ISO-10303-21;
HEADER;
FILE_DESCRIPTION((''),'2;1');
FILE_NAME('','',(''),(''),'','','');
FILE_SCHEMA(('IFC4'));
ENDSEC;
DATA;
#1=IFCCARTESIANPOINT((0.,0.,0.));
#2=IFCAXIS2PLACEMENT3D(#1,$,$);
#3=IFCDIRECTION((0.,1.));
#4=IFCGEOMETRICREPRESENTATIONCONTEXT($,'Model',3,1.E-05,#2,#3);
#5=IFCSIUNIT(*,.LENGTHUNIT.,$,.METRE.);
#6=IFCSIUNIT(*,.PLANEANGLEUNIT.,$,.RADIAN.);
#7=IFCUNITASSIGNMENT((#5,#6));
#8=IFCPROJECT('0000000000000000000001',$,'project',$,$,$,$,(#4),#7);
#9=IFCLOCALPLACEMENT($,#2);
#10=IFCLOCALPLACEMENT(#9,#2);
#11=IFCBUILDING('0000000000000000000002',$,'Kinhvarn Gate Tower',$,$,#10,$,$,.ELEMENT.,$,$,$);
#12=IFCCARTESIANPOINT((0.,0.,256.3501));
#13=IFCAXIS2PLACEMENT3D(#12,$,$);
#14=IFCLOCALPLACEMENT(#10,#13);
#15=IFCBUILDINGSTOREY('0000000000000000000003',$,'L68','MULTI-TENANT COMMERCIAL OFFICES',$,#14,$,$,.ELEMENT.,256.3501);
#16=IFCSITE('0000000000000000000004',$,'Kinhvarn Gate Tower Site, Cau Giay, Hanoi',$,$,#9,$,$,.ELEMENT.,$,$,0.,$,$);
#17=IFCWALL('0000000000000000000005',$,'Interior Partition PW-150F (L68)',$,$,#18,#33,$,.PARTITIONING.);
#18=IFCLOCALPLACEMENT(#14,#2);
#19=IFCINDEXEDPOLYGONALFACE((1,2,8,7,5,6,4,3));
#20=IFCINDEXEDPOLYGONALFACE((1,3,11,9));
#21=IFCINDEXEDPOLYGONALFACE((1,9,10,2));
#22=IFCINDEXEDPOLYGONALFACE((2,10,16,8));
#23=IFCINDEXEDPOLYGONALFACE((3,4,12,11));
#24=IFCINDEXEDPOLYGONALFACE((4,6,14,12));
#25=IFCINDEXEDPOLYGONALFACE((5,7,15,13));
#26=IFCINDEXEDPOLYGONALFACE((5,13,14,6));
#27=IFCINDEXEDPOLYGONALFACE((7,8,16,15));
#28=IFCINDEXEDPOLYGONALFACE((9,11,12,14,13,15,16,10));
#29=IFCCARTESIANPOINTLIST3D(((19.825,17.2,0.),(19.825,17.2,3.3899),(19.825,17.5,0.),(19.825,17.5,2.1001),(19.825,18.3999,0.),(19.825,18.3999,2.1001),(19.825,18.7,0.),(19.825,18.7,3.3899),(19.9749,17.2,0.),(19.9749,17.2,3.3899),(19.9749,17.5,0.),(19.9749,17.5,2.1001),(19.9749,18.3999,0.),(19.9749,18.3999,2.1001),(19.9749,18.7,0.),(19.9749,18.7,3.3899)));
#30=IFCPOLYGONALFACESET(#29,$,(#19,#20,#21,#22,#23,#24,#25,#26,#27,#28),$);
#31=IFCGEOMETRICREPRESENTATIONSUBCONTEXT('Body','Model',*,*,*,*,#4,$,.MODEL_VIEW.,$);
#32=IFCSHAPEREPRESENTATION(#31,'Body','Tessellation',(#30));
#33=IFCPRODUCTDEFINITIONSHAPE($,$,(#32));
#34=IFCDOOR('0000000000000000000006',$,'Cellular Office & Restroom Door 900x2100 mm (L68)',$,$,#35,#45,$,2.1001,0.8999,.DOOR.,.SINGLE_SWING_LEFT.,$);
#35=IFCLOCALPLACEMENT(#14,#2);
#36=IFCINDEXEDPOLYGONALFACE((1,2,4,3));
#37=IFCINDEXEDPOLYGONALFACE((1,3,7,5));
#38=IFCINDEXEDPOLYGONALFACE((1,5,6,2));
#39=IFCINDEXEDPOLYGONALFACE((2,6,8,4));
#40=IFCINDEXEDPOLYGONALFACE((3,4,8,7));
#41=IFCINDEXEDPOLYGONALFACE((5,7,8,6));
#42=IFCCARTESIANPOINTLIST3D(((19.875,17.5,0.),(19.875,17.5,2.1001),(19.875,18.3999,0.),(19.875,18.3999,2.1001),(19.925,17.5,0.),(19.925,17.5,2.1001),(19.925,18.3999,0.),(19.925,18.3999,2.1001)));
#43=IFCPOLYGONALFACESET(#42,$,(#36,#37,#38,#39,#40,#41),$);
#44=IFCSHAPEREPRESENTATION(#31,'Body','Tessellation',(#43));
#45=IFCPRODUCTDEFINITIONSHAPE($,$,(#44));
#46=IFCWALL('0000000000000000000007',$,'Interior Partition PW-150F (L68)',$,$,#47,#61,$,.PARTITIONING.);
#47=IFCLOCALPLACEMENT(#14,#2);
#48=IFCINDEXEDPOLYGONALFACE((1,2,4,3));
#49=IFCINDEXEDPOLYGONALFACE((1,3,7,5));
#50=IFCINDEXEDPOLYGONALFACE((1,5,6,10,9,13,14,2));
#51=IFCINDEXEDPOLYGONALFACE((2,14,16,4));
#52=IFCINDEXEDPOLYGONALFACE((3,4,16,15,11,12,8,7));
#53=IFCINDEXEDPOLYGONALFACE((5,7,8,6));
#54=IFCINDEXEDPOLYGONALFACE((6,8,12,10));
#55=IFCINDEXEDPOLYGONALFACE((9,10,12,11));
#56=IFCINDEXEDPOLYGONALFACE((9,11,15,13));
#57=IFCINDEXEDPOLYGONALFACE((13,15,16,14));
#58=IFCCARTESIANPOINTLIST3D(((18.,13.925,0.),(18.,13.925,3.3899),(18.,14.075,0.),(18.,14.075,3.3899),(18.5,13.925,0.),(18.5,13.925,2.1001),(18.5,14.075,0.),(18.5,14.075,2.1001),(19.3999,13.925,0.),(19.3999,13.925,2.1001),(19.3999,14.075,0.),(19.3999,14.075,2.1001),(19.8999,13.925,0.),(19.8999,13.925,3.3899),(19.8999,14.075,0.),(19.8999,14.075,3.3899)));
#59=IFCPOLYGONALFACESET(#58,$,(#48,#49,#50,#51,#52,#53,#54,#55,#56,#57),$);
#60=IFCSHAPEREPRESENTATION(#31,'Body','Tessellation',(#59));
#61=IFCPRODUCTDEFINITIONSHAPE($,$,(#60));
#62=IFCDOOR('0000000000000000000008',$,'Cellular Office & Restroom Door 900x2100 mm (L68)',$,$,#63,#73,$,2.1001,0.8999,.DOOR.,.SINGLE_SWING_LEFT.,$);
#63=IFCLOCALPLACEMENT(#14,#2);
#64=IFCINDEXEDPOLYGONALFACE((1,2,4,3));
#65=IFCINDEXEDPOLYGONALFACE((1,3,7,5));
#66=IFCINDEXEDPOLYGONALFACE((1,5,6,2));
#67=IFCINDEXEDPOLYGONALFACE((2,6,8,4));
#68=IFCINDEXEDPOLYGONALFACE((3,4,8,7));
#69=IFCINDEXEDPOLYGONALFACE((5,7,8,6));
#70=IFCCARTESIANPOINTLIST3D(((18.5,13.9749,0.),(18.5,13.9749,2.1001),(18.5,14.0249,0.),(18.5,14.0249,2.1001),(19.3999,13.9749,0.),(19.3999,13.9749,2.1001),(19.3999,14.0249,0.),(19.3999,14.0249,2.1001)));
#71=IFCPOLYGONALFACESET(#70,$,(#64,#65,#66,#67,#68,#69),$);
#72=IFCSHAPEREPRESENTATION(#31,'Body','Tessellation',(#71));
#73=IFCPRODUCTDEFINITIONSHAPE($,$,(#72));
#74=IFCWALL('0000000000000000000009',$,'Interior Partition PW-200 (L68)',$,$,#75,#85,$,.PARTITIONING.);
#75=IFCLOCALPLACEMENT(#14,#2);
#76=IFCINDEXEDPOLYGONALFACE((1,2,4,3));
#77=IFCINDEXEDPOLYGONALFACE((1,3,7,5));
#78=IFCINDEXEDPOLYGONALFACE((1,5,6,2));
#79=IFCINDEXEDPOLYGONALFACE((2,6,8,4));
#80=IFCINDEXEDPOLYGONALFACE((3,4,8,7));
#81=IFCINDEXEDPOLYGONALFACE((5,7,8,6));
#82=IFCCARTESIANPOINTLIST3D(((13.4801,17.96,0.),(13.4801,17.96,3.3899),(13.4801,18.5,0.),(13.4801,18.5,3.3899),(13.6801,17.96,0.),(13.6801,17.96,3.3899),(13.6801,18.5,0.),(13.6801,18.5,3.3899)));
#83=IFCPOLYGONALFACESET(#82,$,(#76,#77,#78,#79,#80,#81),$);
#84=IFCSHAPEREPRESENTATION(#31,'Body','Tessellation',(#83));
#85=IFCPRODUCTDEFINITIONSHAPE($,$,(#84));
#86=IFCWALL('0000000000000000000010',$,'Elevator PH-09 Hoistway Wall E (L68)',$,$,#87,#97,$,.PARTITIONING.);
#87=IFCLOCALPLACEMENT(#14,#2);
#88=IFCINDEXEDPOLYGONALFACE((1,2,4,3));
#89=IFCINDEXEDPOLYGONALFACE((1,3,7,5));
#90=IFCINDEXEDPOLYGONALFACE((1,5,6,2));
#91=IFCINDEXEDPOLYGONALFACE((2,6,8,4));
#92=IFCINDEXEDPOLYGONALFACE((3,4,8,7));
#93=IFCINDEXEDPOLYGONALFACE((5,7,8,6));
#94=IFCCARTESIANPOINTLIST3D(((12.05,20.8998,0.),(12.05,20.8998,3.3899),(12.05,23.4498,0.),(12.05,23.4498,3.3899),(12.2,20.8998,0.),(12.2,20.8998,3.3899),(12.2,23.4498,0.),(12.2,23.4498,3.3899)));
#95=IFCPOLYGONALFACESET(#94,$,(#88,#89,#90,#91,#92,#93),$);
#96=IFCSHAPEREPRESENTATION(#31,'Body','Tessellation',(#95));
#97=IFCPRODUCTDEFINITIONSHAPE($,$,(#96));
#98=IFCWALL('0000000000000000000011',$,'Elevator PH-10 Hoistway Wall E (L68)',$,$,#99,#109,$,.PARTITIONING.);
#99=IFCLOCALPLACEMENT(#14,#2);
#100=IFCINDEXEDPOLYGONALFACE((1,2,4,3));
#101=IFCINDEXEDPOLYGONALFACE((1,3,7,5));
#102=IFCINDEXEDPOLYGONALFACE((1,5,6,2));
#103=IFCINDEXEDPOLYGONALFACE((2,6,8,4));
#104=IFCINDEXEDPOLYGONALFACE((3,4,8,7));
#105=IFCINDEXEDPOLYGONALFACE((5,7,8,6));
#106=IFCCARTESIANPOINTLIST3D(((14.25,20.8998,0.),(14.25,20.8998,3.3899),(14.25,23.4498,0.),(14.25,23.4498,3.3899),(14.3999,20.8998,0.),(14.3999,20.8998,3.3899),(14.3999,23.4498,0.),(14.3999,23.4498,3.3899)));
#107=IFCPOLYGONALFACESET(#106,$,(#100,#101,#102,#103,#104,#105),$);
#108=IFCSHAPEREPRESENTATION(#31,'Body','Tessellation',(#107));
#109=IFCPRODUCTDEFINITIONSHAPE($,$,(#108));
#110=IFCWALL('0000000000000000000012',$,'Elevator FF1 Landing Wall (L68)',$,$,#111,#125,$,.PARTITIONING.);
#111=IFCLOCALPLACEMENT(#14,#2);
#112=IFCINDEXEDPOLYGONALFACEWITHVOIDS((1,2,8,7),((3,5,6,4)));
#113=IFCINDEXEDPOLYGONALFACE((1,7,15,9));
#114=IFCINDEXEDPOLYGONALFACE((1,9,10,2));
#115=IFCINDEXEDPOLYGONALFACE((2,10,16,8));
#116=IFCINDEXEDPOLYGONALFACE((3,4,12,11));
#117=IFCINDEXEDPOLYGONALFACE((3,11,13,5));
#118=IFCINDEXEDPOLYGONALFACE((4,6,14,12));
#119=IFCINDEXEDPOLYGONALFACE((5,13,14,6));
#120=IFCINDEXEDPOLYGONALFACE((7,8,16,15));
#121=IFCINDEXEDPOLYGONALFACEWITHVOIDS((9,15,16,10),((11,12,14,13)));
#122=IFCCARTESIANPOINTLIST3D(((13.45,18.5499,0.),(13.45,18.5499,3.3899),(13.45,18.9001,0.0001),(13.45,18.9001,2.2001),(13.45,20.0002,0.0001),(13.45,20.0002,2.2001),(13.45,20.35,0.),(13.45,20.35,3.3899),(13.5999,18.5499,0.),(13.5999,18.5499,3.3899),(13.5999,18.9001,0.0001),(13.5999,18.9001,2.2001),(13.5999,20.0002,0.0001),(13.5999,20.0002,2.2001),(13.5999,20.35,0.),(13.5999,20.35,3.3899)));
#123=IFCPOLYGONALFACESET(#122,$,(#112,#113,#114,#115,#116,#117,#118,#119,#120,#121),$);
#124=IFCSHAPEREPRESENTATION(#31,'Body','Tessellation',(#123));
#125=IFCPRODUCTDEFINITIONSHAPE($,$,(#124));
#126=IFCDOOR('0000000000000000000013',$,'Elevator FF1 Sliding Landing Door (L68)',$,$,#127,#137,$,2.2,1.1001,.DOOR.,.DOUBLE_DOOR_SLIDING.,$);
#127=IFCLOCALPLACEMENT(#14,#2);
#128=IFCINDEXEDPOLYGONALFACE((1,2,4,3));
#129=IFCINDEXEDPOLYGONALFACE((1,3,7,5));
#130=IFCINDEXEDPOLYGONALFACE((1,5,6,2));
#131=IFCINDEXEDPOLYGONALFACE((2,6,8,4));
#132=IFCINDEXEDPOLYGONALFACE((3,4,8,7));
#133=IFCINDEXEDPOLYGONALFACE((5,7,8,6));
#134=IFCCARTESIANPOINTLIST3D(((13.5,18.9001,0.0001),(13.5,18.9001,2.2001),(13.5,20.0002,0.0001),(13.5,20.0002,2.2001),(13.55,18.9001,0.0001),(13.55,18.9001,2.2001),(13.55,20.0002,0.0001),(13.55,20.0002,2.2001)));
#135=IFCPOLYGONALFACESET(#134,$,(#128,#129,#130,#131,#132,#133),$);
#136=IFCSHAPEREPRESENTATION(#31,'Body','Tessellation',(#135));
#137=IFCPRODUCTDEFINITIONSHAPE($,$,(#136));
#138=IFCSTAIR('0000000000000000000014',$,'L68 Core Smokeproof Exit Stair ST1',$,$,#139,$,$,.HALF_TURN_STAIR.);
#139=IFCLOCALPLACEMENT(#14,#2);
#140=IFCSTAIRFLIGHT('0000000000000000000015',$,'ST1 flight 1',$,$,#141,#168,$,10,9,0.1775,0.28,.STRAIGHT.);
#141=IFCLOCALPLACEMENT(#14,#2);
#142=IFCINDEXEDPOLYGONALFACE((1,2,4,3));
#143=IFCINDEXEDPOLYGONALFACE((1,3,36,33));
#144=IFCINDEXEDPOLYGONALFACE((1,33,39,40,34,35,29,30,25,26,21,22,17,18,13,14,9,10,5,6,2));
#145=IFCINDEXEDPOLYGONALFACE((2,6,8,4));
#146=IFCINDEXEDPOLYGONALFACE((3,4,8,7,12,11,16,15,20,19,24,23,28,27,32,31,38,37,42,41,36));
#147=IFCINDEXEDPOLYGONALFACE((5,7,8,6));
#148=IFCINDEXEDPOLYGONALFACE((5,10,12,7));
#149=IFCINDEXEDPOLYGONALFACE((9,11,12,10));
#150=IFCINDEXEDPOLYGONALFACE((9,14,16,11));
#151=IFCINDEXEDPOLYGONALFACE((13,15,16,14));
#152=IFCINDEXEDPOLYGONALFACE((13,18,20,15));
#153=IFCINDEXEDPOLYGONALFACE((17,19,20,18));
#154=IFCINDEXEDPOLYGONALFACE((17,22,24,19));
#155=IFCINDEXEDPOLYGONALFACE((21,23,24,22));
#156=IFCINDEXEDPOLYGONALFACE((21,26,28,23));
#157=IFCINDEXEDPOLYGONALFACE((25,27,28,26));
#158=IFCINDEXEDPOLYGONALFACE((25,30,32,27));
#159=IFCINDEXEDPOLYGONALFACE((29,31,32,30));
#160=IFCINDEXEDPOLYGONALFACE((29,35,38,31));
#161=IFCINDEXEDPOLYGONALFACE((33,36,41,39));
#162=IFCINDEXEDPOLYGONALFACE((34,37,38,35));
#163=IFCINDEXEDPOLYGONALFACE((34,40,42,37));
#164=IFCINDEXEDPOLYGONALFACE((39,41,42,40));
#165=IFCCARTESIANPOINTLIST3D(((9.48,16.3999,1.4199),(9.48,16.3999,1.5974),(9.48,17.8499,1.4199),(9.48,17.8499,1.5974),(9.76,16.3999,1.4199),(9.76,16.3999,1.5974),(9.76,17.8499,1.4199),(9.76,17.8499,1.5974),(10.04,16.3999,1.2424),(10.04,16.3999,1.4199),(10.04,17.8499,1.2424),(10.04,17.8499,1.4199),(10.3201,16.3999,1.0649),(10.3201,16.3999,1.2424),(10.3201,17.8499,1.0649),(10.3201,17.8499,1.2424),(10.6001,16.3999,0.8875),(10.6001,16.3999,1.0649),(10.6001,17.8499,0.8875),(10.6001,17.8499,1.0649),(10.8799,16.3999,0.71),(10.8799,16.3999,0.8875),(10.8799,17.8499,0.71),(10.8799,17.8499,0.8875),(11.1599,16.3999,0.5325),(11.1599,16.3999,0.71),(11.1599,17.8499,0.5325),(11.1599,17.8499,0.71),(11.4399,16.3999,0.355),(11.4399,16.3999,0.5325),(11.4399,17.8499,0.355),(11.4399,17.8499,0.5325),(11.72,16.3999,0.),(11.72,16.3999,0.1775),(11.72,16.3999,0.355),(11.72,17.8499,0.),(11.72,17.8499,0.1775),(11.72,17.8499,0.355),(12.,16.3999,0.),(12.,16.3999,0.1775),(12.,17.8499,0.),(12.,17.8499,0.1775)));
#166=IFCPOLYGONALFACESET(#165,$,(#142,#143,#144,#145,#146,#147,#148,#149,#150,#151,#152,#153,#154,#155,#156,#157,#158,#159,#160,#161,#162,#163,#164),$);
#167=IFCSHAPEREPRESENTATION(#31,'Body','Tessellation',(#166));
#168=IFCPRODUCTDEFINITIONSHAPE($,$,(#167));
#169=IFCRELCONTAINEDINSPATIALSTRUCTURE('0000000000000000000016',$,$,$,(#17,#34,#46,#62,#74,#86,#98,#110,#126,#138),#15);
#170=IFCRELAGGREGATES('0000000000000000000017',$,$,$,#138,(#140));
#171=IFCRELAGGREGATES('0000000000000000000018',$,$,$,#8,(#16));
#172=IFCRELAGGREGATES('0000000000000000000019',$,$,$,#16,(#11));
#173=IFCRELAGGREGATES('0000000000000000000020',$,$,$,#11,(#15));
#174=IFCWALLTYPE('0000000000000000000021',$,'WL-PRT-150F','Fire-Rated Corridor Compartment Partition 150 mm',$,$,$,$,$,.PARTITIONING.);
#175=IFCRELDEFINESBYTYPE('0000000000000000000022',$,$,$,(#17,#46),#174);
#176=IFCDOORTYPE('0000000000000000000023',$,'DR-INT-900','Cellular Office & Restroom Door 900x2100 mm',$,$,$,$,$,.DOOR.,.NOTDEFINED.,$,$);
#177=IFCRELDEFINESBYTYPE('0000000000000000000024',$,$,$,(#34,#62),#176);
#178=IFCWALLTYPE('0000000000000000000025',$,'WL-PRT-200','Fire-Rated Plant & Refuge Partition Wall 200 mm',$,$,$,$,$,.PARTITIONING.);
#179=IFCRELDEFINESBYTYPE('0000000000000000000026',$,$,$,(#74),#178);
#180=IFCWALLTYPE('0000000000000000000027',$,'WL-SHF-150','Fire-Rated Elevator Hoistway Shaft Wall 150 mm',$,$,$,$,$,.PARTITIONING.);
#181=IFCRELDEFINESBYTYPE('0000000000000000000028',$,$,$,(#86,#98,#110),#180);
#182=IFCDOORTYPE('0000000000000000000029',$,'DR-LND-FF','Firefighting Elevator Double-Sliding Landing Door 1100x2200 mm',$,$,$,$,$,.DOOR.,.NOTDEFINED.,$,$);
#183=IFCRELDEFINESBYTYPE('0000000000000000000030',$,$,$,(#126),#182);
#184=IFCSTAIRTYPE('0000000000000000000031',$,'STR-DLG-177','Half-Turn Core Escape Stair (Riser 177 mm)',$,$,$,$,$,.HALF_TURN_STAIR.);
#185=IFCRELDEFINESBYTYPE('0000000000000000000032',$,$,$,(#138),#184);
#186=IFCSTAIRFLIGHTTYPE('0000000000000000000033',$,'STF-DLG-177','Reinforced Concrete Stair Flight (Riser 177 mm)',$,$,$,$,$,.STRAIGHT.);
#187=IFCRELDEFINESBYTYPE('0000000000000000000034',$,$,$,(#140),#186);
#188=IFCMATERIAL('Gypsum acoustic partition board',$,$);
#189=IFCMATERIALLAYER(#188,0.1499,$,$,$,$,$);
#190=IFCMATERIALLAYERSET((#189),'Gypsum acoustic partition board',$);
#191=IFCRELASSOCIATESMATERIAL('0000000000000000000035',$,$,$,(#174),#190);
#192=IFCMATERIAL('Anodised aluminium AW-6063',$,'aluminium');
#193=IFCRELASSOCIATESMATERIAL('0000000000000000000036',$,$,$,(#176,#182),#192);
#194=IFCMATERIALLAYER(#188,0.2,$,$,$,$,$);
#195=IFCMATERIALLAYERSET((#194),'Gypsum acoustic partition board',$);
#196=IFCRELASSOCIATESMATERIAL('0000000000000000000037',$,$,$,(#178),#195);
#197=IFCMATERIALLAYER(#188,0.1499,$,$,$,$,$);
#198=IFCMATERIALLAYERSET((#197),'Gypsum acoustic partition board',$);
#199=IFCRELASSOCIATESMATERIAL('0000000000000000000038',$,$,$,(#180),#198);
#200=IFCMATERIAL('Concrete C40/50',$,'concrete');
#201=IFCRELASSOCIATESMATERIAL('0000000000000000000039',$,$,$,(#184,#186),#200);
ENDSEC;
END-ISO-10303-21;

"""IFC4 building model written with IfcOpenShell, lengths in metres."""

from ifc_helpers import new_model, si_unit, direction, frame, frame_2d, origin, place, context, subcontext, project, spatial, polyline, rectangle, outline, extrude, material, layer, layer_set, type_object, element, fill, aggregate, save


model = new_model("IFC4")

# Units and contexts
model_context = context("Model", 3, precision=1e-05, world=origin(), true_north=direction((0.0, 1.0)))
body_context = subcontext(model_context, "Body", "Model", "MODEL_VIEW")
ifc_project = project(units=[si_unit("LENGTHUNIT", "METRE"), si_unit("PLANEANGLEUNIT", "RADIAN")], contexts=[model_context])

# Site, building, storey
site_placement = place(None, origin())
site = spatial("IfcSite", under=ifc_project, at=site_placement, Name="Kinhvarn Gate Tower Site, Cau Giay, Hanoi", CompositionType="ELEMENT", RefElevation=0.0)
building_placement = place(site_placement, origin())
building = spatial("IfcBuilding", under=site, at=building_placement, Name="Kinhvarn Gate Tower", CompositionType="ELEMENT")
storey_placement = place(building_placement, frame((0.0, 0.0, 256.3501)))
storey = spatial("IfcBuildingStorey", under=building, at=storey_placement, Name="L68", Description="MULTI-TENANT COMMERCIAL OFFICES", CompositionType="ELEMENT", Elevation=256.3501)

# Shared definitions
ifc_material_1 = material(Name="Anodised aluminium AW-6063", Category="aluminium")

# Shared definitions
ifc_material_2 = material(Name="Gypsum acoustic partition board")

# Walls, openings, doors
ifc_layer_1 = layer(ifc_material_2, 0.1499)
ifc_layer_set_1 = layer_set([ifc_layer_1], Name="Gypsum acoustic partition board")
wall_type_1 = type_object("IfcWallType", Name="WL-PRT-150F", Description="Fire-Rated Corridor Compartment Partition 150 mm", PredefinedType="PARTITIONING", material=ifc_layer_set_1)
wall_1_placement = place(storey_placement, frame((19.8999, 17.2, 0.0), z_axis=(0.0, 0.0, 1.0), x_axis=(0.0, 1.0, 0.0)))
wall_1 = element("IfcWall", 1, at=wall_1_placement, inside=storey, type_object=wall_type_1, Name="Interior Partition PW-150F (L68)", PredefinedType="PARTITIONING", context=body_context, shape_type="SweptSolid", body=[
    extrude(rectangle(XDim=1.5, YDim=0.1499, at=frame_2d((0.75, 0.0))), origin(), (0.0, 0.0, 1.0), 3.3899),
])
opening_1_placement = place(wall_1_placement, frame((0.3, 0.0, 0.0)))
opening_1 = element("IfcOpeningElement", 2, at=opening_1_placement, cuts=wall_1, PredefinedType="OPENING", context=body_context, shape_type="SweptSolid", body=[
    extrude(rectangle(XDim=0.8999, YDim=2.1001, at=frame_2d((0.45, 1.05))), frame((0.0, 0.085, 0.0), z_axis=(0.0, -1.0, 0.0), x_axis=(1.0, 0.0, 0.0)), (0.0, 0.0, 1.0), 0.1699),
])
door_type_1 = type_object("IfcDoorType", Name="DR-INT-900", Description="Cellular Office & Restroom Door 900x2100 mm", OperationType="NOTDEFINED", PredefinedType="DOOR", material=ifc_material_1)
door_1_placement = place(opening_1_placement, origin())
door_1 = element("IfcDoor", 3, at=door_1_placement, inside=storey, type_object=door_type_1, Name="Cellular Office & Restroom Door 900x2100 mm (L68)", OperationType="SINGLE_SWING_LEFT", OverallHeight=2.1001, OverallWidth=0.8999, PredefinedType="DOOR", context=body_context, shape_type="SweptSolid", body=[
    extrude(rectangle(XDim=0.8999, YDim=2.1001, at=frame_2d((0.45, 1.05))), frame((0.0, 0.0249, 0.0), z_axis=(0.0, -1.0, 0.0), x_axis=(1.0, 0.0, 0.0)), (0.0, 0.0, 1.0), 0.05),
])
fill(opening_1, door_1)
wall_2_placement = place(storey_placement, frame((18.0, 14.0, 0.0), z_axis=(0.0, 0.0, 1.0), x_axis=(1.0, 0.0, 0.0)))
wall_2 = element("IfcWall", 4, at=wall_2_placement, inside=storey, type_object=wall_type_1, Name="Interior Partition PW-150F (L68)", PredefinedType="PARTITIONING", context=body_context, shape_type="SweptSolid", body=[
    extrude(rectangle(XDim=1.8999, YDim=0.1499, at=frame_2d((0.95, 0.0))), origin(), (0.0, 0.0, 1.0), 3.3899),
])
opening_2_placement = place(wall_2_placement, frame((0.5, 0.0, 0.0)))
opening_2 = element("IfcOpeningElement", 5, at=opening_2_placement, cuts=wall_2, PredefinedType="OPENING", context=body_context, shape_type="SweptSolid", body=[
    extrude(rectangle(XDim=0.8999, YDim=2.1001, at=frame_2d((0.45, 1.05))), frame((0.0, 0.085, 0.0), z_axis=(0.0, -1.0, 0.0), x_axis=(1.0, 0.0, 0.0)), (0.0, 0.0, 1.0), 0.1699),
])
door_2_placement = place(opening_2_placement, origin())
door_2 = element("IfcDoor", 6, at=door_2_placement, inside=storey, type_object=door_type_1, Name="Cellular Office & Restroom Door 900x2100 mm (L68)", OperationType="SINGLE_SWING_LEFT", OverallHeight=2.1001, OverallWidth=0.8999, PredefinedType="DOOR", context=body_context, shape_type="SweptSolid", body=[
    extrude(rectangle(XDim=0.8999, YDim=2.1001, at=frame_2d((0.45, 1.05))), frame((0.0, 0.0249, 0.0), z_axis=(0.0, -1.0, 0.0), x_axis=(1.0, 0.0, 0.0)), (0.0, 0.0, 1.0), 0.05),
])
fill(opening_2, door_2)

# Walls
ifc_layer_2 = layer(ifc_material_2, 0.2)
ifc_layer_set_2 = layer_set([ifc_layer_2], Name="Gypsum acoustic partition board")
wall_type_2 = type_object("IfcWallType", Name="WL-PRT-200", Description="Fire-Rated Plant & Refuge Partition Wall 200 mm", PredefinedType="PARTITIONING", material=ifc_layer_set_2)
wall_3_placement = place(storey_placement, frame((13.5801, 17.96, 0.0), z_axis=(0.0, 0.0, 1.0), x_axis=(0.0, 1.0, 0.0)))
element("IfcWall", 7, at=wall_3_placement, inside=storey, type_object=wall_type_2, Name="Interior Partition PW-200 (L68)", PredefinedType="PARTITIONING", context=body_context, shape_type="SweptSolid", body=[
    extrude(rectangle(XDim=0.54, YDim=0.2, at=frame_2d((0.27, 0.0))), origin(), (0.0, 0.0, 1.0), 3.3899),
])
ifc_layer_3 = layer(ifc_material_2, 0.1499)
ifc_layer_set_3 = layer_set([ifc_layer_3], Name="Gypsum acoustic partition board")
wall_type_3 = type_object("IfcWallType", Name="WL-SHF-150", Description="Fire-Rated Elevator Hoistway Shaft Wall 150 mm", PredefinedType="PARTITIONING", material=ifc_layer_set_3)
for number, where, z_axis, x_axis, name in (
    (8, (12.125, 20.8999, 0.0), (0.0, 0.0, 1.0), (0.0, 1.0, 0.0), "Elevator PH-09 Hoistway Wall E (L68)"),
    (9, (14.325, 20.8999, 0.0), (0.0, 0.0, 1.0), (0.0, 1.0, 0.0), "Elevator PH-10 Hoistway Wall E (L68)"),
):
    element("IfcWall", number, at=place(storey_placement, frame(where, z_axis=z_axis, x_axis=x_axis)), inside=storey, type_object=wall_type_3, Name=name, PredefinedType="PARTITIONING", context=body_context, shape_type="SweptSolid", body=[
        extrude(rectangle(XDim=2.55, YDim=0.1499, at=frame_2d((1.2749, 0.0))), origin(), (0.0, 0.0, 1.0), 3.3899),
    ])

# Wall, opening, door
wall_4_placement = place(storey_placement, frame((13.5249, 18.55, 0.0), z_axis=(0.0, 0.0, 1.0), x_axis=(0.0, 1.0, 0.0)))
wall_4 = element("IfcWall", 10, at=wall_4_placement, inside=storey, type_object=wall_type_3, Name="Elevator FF1 Landing Wall (L68)", PredefinedType="PARTITIONING", context=body_context, shape_type="SweptSolid", body=[
    extrude(rectangle(XDim=1.8, YDim=0.1499, at=frame_2d((0.8999, 0.0))), origin(), (0.0, 0.0, 1.0), 3.3899),
])
opening_3_placement = place(wall_4_placement, frame((0.3501, 0.0, 0.0)))
opening_3 = element("IfcOpeningElement", 11, at=opening_3_placement, cuts=wall_4, PredefinedType="OPENING", context=body_context, shape_type="SweptSolid", body=[
    extrude(rectangle(XDim=1.1001, YDim=2.2, at=frame_2d((0.55, 1.1001))), frame((0.0, 0.085, 0.0), z_axis=(0.0, -1.0, 0.0), x_axis=(1.0, 0.0, 0.0)), (0.0, 0.0, 1.0), 0.1699),
])
door_type_2 = type_object("IfcDoorType", Name="DR-LND-FF", Description="Firefighting Elevator Double-Sliding Landing Door 1100x2200 mm", OperationType="NOTDEFINED", PredefinedType="DOOR", material=ifc_material_1)
door_3_placement = place(opening_3_placement, origin())
door_3 = element("IfcDoor", 12, at=door_3_placement, inside=storey, type_object=door_type_2, Name="Elevator FF1 Sliding Landing Door (L68)", OperationType="DOUBLE_DOOR_SLIDING", OverallHeight=2.2, OverallWidth=1.1001, PredefinedType="DOOR", context=body_context, shape_type="SweptSolid", body=[
    extrude(rectangle(XDim=1.1001, YDim=2.2, at=frame_2d((0.55, 1.1001))), frame((0.0, 0.0249, 0.0), z_axis=(0.0, -1.0, 0.0), x_axis=(1.0, 0.0, 0.0)), (0.0, 0.0, 1.0), 0.05),
])
fill(opening_3, door_3)
ifc_material_3 = material(Name="Concrete C40/50", Category="concrete")

# Stair, stair flight
stair_type = type_object("IfcStairType", Name="STR-DLG-177", Description="Half-Turn Core Escape Stair (Riser 177 mm)", PredefinedType="HALF_TURN_STAIR", material=ifc_material_3)
stair_placement = place(storey_placement, origin())
stair = element("IfcStair", 13, at=stair_placement, inside=storey, type_object=stair_type, Name="L68 Core Smokeproof Exit Stair ST1", PredefinedType="HALF_TURN_STAIR")
stair_flight_type = type_object("IfcStairFlightType", Name="STF-DLG-177", Description="Reinforced Concrete Stair Flight (Riser 177 mm)", PredefinedType="STRAIGHT", material=ifc_material_3)
stair_flight_placement = place(storey_placement, frame((12.0, 17.125, 0.0), z_axis=(0.0, 0.0, 1.0), x_axis=(-1.0, 0.0, 0.0)))
stair_flight = element("IfcStairFlight", 14, at=stair_flight_placement, type_object=stair_flight_type, Name="ST1 flight 1", NumberOfRisers=10, NumberOfTreads=9, PredefinedType="STRAIGHT", RiserHeight=0.1775, TreadLength=0.28, context=body_context, shape_type="SweptSolid", body=[
    extrude(outline(polyline([(0.0, 0.0), (0.0, 0.1775), (0.28, 0.1775), (0.28, 0.355), (0.5601, 0.355), (0.5601, 0.5325), (0.8401, 0.5325), (0.8401, 0.71), (1.1201, 0.71), (1.1201, 0.8875), (1.3999, 0.8875), (1.3999, 1.0649), (1.6799, 1.0649), (1.6799, 1.2424), (1.96, 1.2424), (1.96, 1.4199), (2.24, 1.4199), (2.24, 1.5974), (2.52, 1.5974), (2.52, 1.7749), (2.52, 1.4199), (0.28, 0.0), (0.0, 0.0)])), frame((0.0, 0.7251, 0.0), z_axis=(0.0, -1.0, 0.0), x_axis=(1.0, 0.0, 0.0)), (0.0, 0.0, 1.0), 1.45),
])
aggregate(stair, [stair_flight])

save(model, "model.ifc")
